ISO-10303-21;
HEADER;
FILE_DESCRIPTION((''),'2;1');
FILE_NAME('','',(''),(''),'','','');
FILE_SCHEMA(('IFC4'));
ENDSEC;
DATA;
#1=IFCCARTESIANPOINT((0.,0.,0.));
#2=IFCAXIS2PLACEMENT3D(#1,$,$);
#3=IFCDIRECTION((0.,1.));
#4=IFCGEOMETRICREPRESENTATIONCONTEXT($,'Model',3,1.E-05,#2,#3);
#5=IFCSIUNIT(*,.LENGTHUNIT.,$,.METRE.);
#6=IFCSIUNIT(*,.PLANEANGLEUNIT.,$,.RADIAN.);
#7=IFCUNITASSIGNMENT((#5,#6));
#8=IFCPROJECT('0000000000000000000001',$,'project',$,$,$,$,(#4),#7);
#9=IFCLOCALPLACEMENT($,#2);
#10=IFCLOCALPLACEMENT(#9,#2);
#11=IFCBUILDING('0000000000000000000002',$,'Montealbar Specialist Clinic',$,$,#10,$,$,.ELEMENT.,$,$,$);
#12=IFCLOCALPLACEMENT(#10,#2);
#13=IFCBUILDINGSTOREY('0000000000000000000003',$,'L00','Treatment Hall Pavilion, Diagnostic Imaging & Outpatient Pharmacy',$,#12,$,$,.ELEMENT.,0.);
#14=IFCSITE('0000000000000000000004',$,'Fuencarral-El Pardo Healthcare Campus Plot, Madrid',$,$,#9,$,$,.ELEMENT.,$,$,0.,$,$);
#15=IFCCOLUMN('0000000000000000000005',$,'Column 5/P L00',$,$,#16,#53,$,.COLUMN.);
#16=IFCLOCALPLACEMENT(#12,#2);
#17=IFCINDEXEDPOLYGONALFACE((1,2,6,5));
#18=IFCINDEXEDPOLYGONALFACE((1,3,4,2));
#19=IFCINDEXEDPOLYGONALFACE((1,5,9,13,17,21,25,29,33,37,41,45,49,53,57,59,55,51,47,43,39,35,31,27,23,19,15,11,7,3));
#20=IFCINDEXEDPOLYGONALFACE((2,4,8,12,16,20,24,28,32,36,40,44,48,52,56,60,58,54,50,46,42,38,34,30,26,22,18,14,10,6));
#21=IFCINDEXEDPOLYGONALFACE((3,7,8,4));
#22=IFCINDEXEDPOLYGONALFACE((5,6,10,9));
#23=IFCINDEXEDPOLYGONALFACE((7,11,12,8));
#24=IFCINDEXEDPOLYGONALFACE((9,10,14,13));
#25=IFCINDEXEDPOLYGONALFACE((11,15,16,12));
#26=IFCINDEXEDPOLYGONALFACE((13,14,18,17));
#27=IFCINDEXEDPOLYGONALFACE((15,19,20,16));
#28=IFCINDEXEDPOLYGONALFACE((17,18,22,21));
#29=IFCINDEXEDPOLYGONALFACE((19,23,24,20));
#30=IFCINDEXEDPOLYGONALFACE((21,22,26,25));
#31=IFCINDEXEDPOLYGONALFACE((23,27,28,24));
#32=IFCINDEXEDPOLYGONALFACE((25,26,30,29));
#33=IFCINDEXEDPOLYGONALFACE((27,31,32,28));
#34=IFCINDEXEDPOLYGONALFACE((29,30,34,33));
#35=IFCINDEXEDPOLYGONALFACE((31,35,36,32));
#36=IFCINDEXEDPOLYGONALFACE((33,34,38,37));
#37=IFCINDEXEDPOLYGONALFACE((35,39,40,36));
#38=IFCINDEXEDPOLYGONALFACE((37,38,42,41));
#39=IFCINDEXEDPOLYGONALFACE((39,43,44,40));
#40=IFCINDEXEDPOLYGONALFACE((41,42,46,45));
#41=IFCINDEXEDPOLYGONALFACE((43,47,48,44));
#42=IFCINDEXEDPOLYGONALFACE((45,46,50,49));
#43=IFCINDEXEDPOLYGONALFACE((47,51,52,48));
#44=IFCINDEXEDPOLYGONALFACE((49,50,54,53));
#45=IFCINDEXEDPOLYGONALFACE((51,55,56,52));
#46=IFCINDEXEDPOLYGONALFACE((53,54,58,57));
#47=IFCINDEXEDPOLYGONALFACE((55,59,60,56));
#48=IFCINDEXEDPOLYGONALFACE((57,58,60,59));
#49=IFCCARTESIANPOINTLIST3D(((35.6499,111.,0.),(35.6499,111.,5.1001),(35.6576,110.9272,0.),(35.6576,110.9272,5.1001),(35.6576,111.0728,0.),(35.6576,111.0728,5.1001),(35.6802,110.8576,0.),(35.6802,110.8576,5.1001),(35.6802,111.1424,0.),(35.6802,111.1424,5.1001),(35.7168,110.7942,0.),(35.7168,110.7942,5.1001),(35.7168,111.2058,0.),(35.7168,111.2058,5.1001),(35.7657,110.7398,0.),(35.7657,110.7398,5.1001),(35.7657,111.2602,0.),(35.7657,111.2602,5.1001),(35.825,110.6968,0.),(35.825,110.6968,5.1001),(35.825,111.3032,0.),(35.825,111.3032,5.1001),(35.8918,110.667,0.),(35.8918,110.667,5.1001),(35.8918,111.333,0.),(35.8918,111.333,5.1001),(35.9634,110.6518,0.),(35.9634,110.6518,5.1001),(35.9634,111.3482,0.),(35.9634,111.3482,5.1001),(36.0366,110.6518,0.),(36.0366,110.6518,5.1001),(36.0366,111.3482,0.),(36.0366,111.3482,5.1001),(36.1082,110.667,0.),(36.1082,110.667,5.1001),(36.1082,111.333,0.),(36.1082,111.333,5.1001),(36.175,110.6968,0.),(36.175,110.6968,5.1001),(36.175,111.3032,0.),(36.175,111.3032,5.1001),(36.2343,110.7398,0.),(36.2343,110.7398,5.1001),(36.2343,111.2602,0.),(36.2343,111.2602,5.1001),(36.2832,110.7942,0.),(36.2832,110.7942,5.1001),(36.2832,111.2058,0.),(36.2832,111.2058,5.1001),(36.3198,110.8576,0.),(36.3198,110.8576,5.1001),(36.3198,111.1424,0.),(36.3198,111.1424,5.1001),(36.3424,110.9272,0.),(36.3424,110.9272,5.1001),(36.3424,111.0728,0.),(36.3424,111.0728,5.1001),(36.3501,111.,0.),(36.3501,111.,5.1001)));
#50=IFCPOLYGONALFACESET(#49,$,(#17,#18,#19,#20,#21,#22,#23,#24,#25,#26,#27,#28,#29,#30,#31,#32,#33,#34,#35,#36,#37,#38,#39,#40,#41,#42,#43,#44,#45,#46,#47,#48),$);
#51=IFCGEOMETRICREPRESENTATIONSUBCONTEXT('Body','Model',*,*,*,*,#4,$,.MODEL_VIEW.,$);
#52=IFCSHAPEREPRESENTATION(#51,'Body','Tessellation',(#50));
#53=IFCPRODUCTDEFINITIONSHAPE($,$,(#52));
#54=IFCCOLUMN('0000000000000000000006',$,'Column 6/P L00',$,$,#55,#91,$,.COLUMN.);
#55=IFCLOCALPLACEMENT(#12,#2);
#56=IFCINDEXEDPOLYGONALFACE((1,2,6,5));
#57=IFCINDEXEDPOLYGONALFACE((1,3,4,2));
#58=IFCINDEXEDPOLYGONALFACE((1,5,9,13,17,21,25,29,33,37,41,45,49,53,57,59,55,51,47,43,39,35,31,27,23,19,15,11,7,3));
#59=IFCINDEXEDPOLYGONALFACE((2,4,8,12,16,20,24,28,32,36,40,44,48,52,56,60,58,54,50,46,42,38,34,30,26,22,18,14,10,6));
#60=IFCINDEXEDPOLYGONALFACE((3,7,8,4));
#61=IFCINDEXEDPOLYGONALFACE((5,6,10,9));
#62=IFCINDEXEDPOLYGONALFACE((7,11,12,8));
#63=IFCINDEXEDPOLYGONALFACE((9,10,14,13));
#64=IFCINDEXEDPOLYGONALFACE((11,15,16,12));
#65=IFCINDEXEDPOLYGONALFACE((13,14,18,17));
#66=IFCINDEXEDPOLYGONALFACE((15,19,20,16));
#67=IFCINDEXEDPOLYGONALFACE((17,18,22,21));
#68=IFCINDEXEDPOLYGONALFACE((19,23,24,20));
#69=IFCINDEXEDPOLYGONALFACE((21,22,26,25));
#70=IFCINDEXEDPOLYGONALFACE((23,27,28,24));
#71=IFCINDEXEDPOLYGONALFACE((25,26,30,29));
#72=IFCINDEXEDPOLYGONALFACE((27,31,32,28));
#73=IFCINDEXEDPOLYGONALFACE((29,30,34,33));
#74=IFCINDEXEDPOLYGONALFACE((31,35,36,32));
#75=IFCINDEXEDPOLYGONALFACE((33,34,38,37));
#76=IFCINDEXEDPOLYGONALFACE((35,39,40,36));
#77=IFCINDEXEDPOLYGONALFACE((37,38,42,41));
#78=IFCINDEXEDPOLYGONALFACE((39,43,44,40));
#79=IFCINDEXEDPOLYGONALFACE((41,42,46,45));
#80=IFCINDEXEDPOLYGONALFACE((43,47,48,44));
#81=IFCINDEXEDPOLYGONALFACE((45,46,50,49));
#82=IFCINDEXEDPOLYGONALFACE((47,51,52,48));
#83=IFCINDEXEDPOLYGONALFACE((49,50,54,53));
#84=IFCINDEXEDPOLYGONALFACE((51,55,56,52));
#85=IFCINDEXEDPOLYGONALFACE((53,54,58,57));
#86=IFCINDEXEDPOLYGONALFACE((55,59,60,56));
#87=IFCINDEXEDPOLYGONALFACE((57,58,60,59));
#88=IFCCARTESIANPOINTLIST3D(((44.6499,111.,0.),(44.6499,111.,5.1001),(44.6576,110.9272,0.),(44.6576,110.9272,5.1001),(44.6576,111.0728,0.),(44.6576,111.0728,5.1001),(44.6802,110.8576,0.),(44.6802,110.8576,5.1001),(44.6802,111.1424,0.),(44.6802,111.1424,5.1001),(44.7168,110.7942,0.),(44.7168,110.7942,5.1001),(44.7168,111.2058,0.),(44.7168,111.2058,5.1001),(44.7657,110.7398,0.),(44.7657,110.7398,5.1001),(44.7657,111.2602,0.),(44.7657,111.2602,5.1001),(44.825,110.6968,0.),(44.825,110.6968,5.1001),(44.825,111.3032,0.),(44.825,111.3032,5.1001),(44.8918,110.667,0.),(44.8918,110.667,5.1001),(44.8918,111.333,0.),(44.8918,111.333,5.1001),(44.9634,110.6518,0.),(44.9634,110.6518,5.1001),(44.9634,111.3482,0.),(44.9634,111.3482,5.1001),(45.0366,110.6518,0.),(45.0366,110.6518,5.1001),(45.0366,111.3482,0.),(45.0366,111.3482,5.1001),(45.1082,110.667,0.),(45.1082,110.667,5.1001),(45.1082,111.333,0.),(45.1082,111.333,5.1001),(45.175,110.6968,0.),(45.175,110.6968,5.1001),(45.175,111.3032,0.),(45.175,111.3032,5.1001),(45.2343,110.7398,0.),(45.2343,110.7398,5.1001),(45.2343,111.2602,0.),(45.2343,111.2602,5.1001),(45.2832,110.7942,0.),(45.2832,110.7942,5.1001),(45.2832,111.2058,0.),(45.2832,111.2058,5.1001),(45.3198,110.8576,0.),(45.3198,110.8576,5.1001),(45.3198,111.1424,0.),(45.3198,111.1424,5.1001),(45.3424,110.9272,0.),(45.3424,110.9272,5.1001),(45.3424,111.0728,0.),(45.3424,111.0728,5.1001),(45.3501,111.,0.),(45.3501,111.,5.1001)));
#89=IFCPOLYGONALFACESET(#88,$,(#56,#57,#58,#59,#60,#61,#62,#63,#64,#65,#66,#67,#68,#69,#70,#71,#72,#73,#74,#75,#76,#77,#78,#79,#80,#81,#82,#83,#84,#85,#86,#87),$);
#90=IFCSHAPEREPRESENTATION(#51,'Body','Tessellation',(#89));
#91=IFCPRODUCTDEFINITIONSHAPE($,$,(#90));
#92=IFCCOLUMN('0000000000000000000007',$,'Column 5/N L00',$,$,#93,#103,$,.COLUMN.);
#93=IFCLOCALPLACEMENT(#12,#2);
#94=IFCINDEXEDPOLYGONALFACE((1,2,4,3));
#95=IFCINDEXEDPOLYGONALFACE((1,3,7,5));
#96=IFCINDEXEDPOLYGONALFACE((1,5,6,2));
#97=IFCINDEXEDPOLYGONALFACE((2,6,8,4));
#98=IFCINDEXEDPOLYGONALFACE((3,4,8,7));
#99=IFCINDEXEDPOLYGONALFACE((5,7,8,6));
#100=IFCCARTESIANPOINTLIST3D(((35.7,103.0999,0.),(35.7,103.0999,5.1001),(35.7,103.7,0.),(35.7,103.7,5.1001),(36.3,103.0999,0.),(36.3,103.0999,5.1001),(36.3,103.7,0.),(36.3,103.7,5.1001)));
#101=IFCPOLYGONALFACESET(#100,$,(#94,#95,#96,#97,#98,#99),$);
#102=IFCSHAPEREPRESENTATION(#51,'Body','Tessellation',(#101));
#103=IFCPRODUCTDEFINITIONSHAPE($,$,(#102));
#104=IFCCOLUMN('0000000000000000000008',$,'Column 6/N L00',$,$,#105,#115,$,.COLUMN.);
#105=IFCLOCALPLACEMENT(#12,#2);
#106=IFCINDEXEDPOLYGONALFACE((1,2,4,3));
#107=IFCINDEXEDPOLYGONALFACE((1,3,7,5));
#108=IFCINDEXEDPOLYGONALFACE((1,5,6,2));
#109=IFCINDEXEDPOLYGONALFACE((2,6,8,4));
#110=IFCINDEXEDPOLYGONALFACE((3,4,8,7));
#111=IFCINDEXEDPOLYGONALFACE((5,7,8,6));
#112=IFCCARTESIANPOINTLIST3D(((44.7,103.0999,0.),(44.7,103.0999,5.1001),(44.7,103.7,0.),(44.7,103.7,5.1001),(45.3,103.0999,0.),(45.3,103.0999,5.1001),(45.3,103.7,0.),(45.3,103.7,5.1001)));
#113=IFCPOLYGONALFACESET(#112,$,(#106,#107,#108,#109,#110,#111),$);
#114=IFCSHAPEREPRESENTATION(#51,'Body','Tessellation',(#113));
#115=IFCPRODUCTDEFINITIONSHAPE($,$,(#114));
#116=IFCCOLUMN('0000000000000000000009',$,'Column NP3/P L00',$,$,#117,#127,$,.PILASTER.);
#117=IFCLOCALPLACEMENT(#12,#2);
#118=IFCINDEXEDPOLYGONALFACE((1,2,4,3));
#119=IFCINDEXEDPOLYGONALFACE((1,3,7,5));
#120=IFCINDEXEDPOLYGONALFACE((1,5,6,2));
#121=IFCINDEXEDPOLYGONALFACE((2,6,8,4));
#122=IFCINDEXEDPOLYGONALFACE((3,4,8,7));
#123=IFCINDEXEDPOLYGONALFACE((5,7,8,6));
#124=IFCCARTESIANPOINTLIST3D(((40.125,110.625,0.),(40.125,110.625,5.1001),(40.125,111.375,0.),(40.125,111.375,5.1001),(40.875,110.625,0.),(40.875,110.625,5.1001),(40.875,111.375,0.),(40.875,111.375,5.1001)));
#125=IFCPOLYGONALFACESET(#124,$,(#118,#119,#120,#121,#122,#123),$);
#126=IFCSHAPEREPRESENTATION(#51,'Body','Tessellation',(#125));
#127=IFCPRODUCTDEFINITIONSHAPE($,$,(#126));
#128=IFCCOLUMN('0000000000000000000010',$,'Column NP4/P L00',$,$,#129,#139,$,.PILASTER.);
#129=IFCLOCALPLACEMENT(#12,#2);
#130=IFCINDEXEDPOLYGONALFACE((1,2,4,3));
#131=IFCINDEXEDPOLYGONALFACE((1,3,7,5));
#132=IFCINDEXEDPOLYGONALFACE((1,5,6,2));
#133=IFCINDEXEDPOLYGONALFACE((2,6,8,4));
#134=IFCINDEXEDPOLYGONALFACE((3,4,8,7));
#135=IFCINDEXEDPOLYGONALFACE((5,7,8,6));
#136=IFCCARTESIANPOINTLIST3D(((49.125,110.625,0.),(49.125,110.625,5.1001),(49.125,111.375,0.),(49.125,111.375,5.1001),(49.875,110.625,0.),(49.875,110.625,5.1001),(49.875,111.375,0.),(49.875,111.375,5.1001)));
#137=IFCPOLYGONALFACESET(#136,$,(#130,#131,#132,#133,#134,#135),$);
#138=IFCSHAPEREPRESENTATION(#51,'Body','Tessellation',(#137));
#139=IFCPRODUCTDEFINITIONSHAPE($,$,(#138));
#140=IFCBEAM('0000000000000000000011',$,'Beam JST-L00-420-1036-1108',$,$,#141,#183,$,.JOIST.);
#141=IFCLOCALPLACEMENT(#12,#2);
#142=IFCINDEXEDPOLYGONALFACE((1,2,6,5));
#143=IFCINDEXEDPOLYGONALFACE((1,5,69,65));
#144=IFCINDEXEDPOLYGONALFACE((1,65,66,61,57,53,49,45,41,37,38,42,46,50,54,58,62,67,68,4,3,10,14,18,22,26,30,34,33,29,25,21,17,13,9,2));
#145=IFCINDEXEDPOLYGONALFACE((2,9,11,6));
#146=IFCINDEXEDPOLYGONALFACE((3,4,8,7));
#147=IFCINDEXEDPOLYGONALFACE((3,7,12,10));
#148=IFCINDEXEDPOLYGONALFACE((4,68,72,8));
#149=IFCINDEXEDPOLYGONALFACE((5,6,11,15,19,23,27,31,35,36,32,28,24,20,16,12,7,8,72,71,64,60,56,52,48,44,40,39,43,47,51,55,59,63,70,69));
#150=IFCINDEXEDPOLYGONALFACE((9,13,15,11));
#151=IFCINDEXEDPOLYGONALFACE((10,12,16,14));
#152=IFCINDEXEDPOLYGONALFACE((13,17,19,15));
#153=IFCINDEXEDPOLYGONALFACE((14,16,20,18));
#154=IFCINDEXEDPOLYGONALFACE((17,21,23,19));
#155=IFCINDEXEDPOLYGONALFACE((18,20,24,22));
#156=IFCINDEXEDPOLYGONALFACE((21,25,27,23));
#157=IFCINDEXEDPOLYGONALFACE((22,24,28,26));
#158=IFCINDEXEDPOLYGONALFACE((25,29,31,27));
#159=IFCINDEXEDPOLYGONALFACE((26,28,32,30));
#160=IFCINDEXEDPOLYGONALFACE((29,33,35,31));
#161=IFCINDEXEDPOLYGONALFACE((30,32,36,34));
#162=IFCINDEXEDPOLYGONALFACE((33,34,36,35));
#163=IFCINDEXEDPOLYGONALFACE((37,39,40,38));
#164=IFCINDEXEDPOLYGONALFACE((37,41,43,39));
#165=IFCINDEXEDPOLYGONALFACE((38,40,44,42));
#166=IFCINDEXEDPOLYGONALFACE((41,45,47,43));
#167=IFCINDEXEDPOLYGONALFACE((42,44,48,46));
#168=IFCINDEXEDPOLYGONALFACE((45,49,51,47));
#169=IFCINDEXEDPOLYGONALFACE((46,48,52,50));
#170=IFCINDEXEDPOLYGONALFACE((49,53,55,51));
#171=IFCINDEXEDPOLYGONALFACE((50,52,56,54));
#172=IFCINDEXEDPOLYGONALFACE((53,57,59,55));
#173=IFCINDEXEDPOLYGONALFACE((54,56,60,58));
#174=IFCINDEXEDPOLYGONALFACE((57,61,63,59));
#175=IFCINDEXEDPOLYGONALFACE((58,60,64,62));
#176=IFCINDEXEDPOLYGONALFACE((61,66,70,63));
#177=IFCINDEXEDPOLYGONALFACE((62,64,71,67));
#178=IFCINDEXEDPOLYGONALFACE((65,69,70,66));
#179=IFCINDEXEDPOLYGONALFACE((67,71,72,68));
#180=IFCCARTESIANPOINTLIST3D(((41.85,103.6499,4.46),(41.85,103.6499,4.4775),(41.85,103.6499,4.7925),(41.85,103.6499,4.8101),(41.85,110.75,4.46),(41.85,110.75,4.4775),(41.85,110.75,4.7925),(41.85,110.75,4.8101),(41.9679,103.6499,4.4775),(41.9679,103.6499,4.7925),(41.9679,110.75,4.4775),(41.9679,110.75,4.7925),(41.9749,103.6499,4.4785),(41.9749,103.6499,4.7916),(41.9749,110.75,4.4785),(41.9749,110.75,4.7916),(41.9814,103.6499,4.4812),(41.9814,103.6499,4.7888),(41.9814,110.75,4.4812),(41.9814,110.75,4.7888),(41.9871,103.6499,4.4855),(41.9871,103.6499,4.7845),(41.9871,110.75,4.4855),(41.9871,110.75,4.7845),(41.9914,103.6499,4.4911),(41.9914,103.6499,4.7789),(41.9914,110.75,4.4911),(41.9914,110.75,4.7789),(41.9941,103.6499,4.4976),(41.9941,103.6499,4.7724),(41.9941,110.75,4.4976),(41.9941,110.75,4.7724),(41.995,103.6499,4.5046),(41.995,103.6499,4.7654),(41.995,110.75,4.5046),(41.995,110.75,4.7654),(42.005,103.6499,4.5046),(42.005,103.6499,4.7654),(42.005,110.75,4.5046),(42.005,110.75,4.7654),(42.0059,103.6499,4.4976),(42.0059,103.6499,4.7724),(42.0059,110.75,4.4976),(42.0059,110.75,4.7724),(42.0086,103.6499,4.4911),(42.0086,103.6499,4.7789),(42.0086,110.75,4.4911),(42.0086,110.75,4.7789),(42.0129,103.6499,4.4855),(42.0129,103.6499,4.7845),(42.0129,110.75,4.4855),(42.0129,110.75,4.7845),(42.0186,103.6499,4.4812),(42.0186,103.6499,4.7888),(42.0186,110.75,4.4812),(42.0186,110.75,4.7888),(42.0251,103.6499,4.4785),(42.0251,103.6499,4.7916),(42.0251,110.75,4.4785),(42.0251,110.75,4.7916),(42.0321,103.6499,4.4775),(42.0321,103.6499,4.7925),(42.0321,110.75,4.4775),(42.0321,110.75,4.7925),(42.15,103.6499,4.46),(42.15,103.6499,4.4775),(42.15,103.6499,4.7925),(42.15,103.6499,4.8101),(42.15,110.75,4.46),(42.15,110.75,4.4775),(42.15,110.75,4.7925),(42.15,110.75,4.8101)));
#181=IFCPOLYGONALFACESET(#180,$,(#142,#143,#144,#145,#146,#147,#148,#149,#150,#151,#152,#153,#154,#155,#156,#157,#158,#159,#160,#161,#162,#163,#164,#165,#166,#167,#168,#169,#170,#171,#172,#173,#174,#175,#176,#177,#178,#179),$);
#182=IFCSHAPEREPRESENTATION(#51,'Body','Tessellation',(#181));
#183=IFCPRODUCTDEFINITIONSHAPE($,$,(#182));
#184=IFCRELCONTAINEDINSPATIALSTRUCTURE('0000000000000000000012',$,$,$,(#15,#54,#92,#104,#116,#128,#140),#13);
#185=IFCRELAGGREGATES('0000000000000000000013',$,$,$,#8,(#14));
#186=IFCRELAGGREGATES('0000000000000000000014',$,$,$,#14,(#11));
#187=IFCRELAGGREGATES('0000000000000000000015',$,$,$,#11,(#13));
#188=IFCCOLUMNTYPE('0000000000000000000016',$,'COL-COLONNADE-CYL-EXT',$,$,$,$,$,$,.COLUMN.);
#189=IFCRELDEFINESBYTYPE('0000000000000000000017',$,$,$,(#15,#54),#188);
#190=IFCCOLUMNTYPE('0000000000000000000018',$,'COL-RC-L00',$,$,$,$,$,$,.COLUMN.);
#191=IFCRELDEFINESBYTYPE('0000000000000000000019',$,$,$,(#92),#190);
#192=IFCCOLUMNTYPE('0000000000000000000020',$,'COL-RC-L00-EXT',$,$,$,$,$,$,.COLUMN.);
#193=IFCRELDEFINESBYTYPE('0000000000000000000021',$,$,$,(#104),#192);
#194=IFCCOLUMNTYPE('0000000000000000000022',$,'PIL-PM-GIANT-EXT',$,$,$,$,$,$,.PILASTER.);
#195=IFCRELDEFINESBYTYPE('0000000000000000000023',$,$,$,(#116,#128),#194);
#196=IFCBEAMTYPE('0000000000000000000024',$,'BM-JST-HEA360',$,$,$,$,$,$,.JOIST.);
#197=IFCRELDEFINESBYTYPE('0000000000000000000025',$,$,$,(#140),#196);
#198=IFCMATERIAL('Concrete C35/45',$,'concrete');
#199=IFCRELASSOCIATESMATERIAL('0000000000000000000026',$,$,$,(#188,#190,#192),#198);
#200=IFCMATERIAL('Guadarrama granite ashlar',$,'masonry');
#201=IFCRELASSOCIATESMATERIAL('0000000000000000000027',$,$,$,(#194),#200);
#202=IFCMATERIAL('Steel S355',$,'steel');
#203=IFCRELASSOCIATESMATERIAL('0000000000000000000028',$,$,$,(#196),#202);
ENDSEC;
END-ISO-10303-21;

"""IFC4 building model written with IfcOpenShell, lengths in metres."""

from ifc_helpers import new_model, si_unit, direction, frame, origin, origin_2d, place, context, subcontext, project, spatial, rectangle, circle, i_section, extrude, material, material_profile, profile_set, type_object, element, save


model = new_model("IFC4")

# Units and contexts
model_context = context("Model", 3, precision=1e-05, world=origin(), true_north=direction((0.0, 1.0)))
body_context = subcontext(model_context, "Body", "Model", "MODEL_VIEW")
ifc_project = project(units=[si_unit("LENGTHUNIT", "METRE"), si_unit("PLANEANGLEUNIT", "RADIAN")], contexts=[model_context])

# Site, building, storey
site_placement = place(None, origin())
site = spatial("IfcSite", under=ifc_project, at=site_placement, Name="Fuencarral-El Pardo Healthcare Campus Plot, Madrid", CompositionType="ELEMENT", RefElevation=0.0)
building_placement = place(site_placement, origin())
building = spatial("IfcBuilding", under=site, at=building_placement, Name="Montealbar Specialist Clinic", CompositionType="ELEMENT")
storey_placement = place(building_placement, origin())
storey = spatial("IfcBuildingStorey", under=building, at=storey_placement, Name="L00", Description="Treatment Hall Pavilion, Diagnostic Imaging & Outpatient Pharmacy", CompositionType="ELEMENT", Elevation=0.0)

# Columns
ifc_material_1 = material(Name="Concrete C35/45", Category="concrete")
ifc_material_profile_1 = material_profile(ifc_material_1, circle(Radius=0.3501, at=origin_2d()), Name="RC D700", Category="concrete")
ifc_profile_set_1 = profile_set([ifc_material_profile_1], Name="Concrete C35/45")
column_type_1 = type_object("IfcColumnType", Name="COL-COLONNADE-CYL-EXT", PredefinedType="COLUMN", material=ifc_profile_set_1)
for number, where, z_axis, x_axis, name in (
    (1, (36.0, 111.0, 0.0), (0.0, 0.0, 1.0), (1.0, 0.0, 0.0), "Column 5/P L00"),
    (2, (45.0, 111.0, 0.0), (0.0, 0.0, 1.0), (1.0, 0.0, 0.0), "Column 6/P L00"),
):
    element("IfcColumn", number, at=place(storey_placement, frame(where, z_axis=z_axis, x_axis=x_axis)), inside=storey, type_object=column_type_1, Name=name, PredefinedType="COLUMN", context=body_context, shape_type="SweptSolid", body=[
        extrude(circle(Radius=0.3501, at=origin_2d()), origin(), (0.0, 0.0, 1.0), 5.1001),
    ])
ifc_material_profile_2 = material_profile(ifc_material_1, rectangle(XDim=0.6001, YDim=0.6001, at=origin_2d()), Name="RC 600x600", Category="concrete")
ifc_profile_set_2 = profile_set([ifc_material_profile_2], Name="Concrete C35/45")
column_type_2 = type_object("IfcColumnType", Name="COL-RC-L00", PredefinedType="COLUMN", material=ifc_profile_set_2)
column_1_placement = place(storey_placement, frame((36.0, 103.3999, 0.0), z_axis=(0.0, 0.0, 1.0), x_axis=(1.0, 0.0, 0.0)))
element("IfcColumn", 3, at=column_1_placement, inside=storey, type_object=column_type_2, Name="Column 5/N L00", PredefinedType="COLUMN", context=body_context, shape_type="SweptSolid", body=[
    extrude(rectangle(XDim=0.6001, YDim=0.6001, at=origin_2d()), origin(), (0.0, 0.0, 1.0), 5.1001),
])
ifc_material_profile_3 = material_profile(ifc_material_1, rectangle(XDim=0.6001, YDim=0.6001, at=origin_2d()), Name="RC 600x600", Category="concrete")
ifc_profile_set_3 = profile_set([ifc_material_profile_3], Name="Concrete C35/45")
column_type_3 = type_object("IfcColumnType", Name="COL-RC-L00-EXT", PredefinedType="COLUMN", material=ifc_profile_set_3)
column_2_placement = place(storey_placement, frame((45.0, 103.3999, 0.0), z_axis=(0.0, 0.0, 1.0), x_axis=(1.0, 0.0, 0.0)))
element("IfcColumn", 4, at=column_2_placement, inside=storey, type_object=column_type_3, Name="Column 6/N L00", PredefinedType="COLUMN", context=body_context, shape_type="SweptSolid", body=[
    extrude(rectangle(XDim=0.6001, YDim=0.6001, at=origin_2d()), origin(), (0.0, 0.0, 1.0), 5.1001),
])
ifc_material_2 = material(Name="Guadarrama granite ashlar", Category="masonry")
ifc_material_profile_4 = material_profile(ifc_material_2, rectangle(XDim=0.75, YDim=0.75, at=origin_2d()), Name="GRANITE PILASTER 750x750", Category="masonry")
ifc_profile_set_4 = profile_set([ifc_material_profile_4], Name="Guadarrama granite ashlar")
column_type_4 = type_object("IfcColumnType", Name="PIL-PM-GIANT-EXT", PredefinedType="PILASTER", material=ifc_profile_set_4)
for number, where, z_axis, x_axis, name in (
    (5, (40.5, 111.0, 0.0), (0.0, 0.0, 1.0), (1.0, 0.0, 0.0), "Column NP3/P L00"),
    (6, (49.5, 111.0, 0.0), (0.0, 0.0, 1.0), (1.0, 0.0, 0.0), "Column NP4/P L00"),
):
    element("IfcColumn", number, at=place(storey_placement, frame(where, z_axis=z_axis, x_axis=x_axis)), inside=storey, type_object=column_type_4, Name=name, PredefinedType="PILASTER", context=body_context, shape_type="SweptSolid", body=[
        extrude(rectangle(XDim=0.75, YDim=0.75, at=origin_2d()), origin(), (0.0, 0.0, 1.0), 5.1001),
    ])

# Beam
ifc_material_3 = material(Name="Steel S355", Category="steel")
ifc_material_profile_5 = material_profile(ifc_material_3, i_section(OverallWidth=0.3, OverallDepth=0.3501, WebThickness=0.01, FlangeThickness=0.0176, FilletRadius=0.0271, at=origin_2d()), Name="HEA 360", Category="steel")
ifc_profile_set_5 = profile_set([ifc_material_profile_5], Name="Steel S355")
beam_type_1 = type_object("IfcBeamType", Name="BM-JST-HEA360", PredefinedType="JOIST", material=ifc_profile_set_5)
beam_1_placement = place(storey_placement, frame((42.0, 103.6499, 4.635), z_axis=(0.0, 1.0, 0.0), x_axis=(-1.0, 0.0, 0.0)))
element("IfcBeam", 7, at=beam_1_placement, inside=storey, type_object=beam_type_1, Name="Beam JST-L00-420-1036-1108", PredefinedType="JOIST", context=body_context, shape_type="SweptSolid", body=[
    extrude(i_section(OverallWidth=0.3, OverallDepth=0.3501, WebThickness=0.01, FlangeThickness=0.0176, FilletRadius=0.0271, at=origin_2d()), origin(), (0.0, 0.0, 1.0), 7.1001),
])

save(model, "model.ifc")
